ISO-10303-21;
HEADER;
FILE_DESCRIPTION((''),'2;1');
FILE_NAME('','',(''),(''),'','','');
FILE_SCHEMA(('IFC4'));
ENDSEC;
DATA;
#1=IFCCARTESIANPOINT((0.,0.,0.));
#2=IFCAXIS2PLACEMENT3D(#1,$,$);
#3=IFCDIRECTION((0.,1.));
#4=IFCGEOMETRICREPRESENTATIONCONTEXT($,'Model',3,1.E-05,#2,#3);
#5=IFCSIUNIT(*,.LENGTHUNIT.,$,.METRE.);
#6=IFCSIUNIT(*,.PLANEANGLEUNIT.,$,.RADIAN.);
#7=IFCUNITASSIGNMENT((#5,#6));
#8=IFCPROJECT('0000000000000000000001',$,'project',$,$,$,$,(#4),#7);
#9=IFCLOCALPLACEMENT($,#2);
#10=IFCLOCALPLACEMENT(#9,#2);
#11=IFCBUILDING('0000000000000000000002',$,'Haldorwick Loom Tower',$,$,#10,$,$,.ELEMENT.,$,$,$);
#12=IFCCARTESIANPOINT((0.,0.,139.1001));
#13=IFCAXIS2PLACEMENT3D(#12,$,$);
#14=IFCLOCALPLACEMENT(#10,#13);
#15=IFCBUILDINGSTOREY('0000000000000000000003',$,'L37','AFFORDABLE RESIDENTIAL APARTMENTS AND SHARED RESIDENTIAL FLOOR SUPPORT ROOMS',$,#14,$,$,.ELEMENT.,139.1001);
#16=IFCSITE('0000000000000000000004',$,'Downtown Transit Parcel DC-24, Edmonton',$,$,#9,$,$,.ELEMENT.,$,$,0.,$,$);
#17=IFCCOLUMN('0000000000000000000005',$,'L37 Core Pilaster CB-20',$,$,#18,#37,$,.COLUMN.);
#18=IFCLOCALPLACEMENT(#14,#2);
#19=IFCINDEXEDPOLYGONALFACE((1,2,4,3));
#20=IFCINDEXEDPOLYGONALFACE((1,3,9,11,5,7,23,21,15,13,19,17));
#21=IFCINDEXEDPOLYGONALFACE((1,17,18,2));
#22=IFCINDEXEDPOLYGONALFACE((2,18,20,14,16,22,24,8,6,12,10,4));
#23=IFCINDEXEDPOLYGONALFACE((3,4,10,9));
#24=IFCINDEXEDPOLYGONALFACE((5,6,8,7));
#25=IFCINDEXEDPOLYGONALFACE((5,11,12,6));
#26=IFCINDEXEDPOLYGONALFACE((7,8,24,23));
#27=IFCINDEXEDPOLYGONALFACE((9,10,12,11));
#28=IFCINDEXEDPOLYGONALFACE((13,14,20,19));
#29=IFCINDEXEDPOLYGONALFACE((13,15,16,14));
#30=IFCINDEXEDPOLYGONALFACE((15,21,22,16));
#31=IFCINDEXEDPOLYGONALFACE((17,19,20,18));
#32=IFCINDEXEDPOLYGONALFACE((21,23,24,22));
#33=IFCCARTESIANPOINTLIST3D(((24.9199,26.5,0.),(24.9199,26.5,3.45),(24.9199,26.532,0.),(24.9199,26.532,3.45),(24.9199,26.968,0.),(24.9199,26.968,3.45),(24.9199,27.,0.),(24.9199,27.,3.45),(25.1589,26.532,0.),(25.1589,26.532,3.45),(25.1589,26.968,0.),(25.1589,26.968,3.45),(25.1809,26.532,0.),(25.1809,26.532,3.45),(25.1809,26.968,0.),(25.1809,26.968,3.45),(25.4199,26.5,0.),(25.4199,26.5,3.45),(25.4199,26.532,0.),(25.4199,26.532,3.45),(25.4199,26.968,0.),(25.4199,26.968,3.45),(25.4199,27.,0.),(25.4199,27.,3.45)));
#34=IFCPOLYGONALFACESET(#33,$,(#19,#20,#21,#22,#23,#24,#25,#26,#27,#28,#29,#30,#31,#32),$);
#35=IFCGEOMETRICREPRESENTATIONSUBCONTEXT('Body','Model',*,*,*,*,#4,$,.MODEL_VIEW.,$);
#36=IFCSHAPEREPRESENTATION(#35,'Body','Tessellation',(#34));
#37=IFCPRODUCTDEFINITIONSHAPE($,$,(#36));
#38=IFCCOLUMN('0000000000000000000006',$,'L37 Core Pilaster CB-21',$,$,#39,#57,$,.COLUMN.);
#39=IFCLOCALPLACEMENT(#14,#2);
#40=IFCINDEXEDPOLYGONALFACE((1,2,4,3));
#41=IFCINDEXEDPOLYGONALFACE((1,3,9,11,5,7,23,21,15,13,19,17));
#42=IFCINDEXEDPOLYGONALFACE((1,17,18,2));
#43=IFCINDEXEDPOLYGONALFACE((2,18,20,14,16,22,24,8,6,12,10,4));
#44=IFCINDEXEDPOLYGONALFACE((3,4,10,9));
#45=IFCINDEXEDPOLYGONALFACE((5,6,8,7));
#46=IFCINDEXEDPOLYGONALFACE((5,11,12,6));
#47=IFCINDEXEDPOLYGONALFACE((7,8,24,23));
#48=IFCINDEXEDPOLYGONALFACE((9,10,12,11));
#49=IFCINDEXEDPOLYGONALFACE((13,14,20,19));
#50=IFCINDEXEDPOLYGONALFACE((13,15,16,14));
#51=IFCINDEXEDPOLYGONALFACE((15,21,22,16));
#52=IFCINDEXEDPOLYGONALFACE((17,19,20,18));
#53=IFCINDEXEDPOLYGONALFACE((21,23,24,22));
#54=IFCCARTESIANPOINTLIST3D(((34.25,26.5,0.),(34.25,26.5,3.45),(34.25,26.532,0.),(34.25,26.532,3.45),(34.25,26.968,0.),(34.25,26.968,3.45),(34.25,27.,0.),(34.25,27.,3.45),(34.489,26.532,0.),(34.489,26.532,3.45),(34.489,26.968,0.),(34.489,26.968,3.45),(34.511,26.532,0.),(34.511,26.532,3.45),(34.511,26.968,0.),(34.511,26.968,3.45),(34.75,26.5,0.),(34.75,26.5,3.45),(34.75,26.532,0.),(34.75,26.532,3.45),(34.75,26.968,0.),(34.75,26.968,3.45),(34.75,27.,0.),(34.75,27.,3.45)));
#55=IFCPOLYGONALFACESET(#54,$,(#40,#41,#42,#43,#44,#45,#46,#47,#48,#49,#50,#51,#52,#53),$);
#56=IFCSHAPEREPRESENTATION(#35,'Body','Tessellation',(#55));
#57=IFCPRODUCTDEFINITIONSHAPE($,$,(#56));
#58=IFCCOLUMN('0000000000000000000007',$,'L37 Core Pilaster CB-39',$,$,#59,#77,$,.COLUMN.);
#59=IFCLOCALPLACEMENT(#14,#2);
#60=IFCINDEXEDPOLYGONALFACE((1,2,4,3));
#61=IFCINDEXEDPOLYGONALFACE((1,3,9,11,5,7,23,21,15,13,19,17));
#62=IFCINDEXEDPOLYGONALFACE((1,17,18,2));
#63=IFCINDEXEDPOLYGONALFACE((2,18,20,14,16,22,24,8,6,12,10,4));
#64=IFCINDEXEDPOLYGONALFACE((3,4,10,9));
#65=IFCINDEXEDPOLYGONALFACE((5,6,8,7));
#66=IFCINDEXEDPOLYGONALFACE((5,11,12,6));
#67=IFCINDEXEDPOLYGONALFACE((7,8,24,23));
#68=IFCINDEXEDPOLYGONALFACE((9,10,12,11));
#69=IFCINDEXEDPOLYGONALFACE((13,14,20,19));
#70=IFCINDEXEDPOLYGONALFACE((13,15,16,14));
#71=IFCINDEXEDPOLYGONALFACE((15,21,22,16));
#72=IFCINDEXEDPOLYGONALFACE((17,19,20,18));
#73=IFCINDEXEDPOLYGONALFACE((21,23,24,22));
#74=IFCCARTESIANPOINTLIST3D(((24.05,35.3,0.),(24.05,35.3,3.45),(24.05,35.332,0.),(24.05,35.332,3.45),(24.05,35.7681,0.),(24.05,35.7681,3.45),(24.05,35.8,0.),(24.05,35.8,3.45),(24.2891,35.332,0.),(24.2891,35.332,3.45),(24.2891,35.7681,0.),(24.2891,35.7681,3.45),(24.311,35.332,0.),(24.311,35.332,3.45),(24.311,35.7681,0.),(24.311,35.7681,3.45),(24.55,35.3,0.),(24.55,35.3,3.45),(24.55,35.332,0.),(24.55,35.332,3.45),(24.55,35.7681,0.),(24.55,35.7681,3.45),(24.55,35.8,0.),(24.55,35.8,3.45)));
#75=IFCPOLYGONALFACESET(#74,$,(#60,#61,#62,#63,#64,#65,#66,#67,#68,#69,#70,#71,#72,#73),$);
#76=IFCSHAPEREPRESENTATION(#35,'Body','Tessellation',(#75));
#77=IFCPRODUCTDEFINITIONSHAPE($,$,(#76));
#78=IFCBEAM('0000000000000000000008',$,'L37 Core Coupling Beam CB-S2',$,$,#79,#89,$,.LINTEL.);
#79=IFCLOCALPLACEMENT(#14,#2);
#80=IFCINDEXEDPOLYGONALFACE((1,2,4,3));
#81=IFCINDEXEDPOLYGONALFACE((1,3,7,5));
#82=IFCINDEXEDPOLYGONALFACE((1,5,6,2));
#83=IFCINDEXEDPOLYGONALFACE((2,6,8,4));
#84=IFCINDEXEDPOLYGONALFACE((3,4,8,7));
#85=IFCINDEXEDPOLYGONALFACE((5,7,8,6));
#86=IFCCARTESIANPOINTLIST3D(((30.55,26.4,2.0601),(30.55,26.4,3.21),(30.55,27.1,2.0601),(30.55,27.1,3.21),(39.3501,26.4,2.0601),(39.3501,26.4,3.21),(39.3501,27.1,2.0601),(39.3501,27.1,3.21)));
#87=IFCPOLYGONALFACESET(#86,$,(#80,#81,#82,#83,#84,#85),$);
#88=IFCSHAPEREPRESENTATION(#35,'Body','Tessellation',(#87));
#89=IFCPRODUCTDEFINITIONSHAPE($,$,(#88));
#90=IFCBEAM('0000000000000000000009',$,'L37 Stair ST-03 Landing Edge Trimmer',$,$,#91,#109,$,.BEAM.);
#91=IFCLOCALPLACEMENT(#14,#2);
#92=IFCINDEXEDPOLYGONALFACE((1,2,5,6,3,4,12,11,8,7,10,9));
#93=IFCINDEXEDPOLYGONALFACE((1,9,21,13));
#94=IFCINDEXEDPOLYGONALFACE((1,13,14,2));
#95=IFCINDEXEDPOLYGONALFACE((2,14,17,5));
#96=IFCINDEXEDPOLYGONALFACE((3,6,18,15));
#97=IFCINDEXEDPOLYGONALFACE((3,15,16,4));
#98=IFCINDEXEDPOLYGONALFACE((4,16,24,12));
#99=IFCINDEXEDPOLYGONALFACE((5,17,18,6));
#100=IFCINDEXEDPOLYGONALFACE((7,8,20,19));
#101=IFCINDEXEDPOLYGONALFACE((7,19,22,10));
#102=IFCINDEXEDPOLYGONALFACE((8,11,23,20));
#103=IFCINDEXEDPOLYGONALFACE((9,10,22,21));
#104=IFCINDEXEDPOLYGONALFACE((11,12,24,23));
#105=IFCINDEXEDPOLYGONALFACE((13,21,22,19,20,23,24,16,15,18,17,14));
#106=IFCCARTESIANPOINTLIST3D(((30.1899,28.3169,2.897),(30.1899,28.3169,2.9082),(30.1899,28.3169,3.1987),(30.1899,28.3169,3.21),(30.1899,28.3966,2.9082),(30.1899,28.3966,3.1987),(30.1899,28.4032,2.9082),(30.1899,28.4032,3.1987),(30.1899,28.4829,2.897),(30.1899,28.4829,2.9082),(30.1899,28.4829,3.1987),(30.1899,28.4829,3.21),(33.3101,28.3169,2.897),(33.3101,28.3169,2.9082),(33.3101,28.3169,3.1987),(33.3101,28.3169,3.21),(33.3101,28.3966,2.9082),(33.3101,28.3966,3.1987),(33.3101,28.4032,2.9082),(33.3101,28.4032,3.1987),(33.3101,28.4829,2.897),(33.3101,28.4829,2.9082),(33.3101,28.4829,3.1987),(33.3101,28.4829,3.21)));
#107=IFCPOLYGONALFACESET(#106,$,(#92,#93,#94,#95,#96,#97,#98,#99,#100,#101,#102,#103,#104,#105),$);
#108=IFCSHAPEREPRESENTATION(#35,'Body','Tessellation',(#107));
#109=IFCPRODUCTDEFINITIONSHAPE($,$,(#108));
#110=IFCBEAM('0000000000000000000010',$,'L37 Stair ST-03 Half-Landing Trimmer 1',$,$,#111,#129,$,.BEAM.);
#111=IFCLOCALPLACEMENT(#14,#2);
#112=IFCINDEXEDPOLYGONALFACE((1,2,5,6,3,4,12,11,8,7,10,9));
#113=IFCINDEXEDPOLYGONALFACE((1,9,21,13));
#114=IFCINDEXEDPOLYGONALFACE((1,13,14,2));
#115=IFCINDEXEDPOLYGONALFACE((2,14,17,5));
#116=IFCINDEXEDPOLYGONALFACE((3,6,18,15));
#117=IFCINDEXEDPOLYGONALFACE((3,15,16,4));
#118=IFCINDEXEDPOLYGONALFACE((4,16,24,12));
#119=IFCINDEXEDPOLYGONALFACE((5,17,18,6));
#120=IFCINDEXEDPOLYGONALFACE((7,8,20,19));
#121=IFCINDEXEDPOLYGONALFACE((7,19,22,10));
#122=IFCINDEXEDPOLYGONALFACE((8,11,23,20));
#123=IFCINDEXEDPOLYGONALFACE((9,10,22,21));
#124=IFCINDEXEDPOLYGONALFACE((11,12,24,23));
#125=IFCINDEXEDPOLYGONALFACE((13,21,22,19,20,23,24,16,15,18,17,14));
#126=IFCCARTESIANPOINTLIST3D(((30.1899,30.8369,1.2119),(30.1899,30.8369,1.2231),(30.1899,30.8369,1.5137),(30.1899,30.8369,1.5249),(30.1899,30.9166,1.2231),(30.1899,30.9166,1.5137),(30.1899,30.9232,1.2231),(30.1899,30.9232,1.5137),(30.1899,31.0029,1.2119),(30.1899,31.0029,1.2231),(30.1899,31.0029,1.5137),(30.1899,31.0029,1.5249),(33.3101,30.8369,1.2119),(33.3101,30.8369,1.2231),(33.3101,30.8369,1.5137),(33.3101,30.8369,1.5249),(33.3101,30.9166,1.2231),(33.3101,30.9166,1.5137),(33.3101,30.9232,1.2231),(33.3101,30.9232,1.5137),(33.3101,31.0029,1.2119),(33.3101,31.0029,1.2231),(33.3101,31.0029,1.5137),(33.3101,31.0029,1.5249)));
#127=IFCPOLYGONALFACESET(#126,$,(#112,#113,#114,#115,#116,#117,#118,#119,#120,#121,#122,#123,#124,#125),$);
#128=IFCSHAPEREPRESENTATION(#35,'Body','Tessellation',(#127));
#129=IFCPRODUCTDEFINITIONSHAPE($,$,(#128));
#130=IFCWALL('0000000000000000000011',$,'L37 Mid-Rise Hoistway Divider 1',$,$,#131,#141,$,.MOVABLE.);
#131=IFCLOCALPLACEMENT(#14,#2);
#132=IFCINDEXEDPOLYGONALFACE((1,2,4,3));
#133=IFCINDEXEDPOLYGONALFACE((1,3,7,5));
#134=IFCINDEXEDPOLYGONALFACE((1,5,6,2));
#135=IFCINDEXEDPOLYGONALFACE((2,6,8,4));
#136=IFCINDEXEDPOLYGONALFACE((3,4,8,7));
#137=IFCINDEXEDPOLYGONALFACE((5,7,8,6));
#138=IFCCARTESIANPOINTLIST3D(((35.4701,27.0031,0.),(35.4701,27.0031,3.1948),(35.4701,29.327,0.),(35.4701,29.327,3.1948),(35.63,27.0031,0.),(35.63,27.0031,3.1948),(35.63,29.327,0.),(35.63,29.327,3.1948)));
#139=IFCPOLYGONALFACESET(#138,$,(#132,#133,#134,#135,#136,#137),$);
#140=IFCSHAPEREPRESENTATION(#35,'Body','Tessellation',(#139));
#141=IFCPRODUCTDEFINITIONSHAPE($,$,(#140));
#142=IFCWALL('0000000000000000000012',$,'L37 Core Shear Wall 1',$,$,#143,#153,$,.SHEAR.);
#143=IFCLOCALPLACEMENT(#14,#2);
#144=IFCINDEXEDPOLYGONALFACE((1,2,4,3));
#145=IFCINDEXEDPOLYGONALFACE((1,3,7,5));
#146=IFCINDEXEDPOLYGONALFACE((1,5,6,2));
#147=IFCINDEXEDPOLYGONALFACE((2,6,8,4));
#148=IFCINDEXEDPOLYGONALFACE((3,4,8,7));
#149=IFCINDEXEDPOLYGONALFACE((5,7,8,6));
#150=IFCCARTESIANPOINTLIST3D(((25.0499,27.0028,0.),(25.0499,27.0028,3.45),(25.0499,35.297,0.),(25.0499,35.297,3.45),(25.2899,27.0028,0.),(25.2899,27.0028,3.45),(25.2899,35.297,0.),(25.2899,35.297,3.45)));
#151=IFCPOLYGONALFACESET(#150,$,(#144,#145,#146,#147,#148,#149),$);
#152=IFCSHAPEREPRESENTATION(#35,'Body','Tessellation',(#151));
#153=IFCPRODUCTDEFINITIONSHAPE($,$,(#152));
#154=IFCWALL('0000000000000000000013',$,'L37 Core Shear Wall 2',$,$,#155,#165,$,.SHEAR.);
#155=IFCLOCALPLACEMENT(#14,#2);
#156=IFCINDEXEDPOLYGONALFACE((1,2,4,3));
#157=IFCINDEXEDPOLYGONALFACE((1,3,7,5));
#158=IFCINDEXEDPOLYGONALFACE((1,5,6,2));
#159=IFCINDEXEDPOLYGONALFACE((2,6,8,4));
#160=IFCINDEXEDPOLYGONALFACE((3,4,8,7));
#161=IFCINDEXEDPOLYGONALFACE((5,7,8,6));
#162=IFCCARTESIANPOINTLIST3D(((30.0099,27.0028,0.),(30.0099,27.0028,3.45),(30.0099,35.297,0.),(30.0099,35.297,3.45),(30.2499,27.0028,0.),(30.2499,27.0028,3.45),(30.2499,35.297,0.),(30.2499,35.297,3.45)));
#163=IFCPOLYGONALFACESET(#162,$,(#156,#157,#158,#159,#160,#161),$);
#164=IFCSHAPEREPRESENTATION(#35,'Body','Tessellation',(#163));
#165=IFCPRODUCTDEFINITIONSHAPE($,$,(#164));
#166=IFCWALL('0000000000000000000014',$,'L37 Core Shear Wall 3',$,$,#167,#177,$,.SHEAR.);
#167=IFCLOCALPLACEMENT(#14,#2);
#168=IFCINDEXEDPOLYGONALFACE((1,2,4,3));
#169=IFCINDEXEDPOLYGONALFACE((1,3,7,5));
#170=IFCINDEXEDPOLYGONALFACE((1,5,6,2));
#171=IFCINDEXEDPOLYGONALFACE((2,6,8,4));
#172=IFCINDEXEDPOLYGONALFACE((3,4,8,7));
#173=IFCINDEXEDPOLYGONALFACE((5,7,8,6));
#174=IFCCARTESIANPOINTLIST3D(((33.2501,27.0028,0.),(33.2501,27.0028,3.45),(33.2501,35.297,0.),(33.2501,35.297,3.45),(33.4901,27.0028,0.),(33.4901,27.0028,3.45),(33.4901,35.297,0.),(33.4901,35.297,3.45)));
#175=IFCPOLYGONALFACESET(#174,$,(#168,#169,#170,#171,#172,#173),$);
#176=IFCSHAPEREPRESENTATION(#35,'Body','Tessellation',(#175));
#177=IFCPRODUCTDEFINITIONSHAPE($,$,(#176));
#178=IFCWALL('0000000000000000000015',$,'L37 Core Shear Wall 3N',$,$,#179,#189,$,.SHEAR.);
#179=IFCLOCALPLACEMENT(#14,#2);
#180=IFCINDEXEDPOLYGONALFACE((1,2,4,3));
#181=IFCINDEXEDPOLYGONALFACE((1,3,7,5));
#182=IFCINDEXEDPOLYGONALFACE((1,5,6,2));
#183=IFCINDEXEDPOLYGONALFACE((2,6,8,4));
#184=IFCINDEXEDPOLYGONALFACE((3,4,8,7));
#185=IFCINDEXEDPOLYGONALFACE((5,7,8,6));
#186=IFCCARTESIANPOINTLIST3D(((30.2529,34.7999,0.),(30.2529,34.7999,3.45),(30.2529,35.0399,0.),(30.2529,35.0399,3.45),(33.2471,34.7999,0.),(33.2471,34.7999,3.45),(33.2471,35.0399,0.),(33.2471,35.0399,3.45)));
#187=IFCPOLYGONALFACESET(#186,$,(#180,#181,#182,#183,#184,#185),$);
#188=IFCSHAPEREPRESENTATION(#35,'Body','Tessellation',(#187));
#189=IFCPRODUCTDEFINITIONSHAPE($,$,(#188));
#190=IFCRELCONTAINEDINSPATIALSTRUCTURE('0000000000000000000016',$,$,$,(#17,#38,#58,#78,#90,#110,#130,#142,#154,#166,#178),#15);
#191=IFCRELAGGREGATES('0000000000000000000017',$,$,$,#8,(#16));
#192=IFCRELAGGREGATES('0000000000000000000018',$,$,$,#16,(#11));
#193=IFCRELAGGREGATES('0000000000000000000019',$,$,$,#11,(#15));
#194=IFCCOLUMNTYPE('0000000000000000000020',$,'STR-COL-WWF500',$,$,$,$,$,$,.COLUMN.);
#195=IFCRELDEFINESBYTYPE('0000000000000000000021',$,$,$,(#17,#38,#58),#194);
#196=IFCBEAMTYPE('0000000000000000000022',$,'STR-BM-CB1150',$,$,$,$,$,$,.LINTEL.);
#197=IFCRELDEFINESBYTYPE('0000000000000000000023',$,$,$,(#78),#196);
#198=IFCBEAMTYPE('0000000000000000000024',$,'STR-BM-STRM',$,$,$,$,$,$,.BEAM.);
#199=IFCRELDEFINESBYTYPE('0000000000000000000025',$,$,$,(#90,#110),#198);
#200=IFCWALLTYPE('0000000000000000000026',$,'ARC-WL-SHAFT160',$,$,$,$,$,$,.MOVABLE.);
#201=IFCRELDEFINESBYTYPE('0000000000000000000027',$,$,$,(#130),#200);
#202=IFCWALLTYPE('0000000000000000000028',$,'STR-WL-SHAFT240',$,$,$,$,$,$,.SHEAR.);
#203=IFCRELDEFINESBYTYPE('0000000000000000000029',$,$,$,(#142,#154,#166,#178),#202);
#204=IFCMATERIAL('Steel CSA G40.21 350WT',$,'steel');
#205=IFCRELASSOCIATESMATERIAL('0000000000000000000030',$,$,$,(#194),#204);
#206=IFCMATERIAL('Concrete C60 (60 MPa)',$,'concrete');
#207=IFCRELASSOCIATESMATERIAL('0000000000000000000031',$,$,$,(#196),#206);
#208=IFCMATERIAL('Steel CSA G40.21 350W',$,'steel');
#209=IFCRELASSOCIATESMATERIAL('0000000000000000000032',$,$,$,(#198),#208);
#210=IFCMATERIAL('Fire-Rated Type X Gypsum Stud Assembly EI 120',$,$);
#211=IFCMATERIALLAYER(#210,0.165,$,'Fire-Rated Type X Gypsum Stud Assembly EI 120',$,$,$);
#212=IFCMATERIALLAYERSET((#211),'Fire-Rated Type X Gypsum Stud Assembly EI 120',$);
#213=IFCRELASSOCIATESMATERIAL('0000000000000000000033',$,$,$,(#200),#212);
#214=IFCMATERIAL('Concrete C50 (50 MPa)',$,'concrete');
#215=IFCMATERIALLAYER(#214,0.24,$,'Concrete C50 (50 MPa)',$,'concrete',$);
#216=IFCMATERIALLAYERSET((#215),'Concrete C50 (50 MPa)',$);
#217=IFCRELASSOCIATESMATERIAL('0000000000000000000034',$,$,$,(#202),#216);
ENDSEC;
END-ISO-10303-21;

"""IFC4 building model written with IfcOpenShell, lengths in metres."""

from ifc_helpers import new_model, si_unit, direction, frame, frame_2d, origin, origin_2d, place, context, subcontext, project, spatial, rectangle, i_section, extrude, material, layer, layer_set, material_profile, profile_set, type_object, element, save


model = new_model("IFC4")

# Units and contexts
model_context = context("Model", 3, precision=1e-05, world=origin(), true_north=direction((0.0, 1.0)))
body_context = subcontext(model_context, "Body", "Model", "MODEL_VIEW")
ifc_project = project(units=[si_unit("LENGTHUNIT", "METRE"), si_unit("PLANEANGLEUNIT", "RADIAN")], contexts=[model_context])

# Site, building, storey
site_placement = place(None, origin())
site = spatial("IfcSite", under=ifc_project, at=site_placement, Name="Downtown Transit Parcel DC-24, Edmonton", CompositionType="ELEMENT", RefElevation=0.0)
building_placement = place(site_placement, origin())
building = spatial("IfcBuilding", under=site, at=building_placement, Name="Haldorwick Loom Tower", CompositionType="ELEMENT")
storey_placement = place(building_placement, frame((0.0, 0.0, 139.1001)))
storey = spatial("IfcBuildingStorey", under=building, at=storey_placement, Name="L37", Description="AFFORDABLE RESIDENTIAL APARTMENTS AND SHARED RESIDENTIAL FLOOR SUPPORT ROOMS", CompositionType="ELEMENT", Elevation=139.1001)

# Columns
ifc_material_1 = material(Name="Steel CSA G40.21 350WT", Category="steel")
ifc_material_profile_1 = material_profile(ifc_material_1, i_section(OverallWidth=0.5, OverallDepth=0.5, WebThickness=0.022, FlangeThickness=0.032, at=origin_2d()), Name="WWF500X500", Category="steel")
ifc_profile_set_1 = profile_set([ifc_material_profile_1], Name="Steel CSA G40.21 350WT")
column_type = type_object("IfcColumnType", Name="STR-COL-WWF500", PredefinedType="COLUMN", material=ifc_profile_set_1)
for number, where, z_axis, x_axis, name in (
    (1, (25.1699, 26.75, 0.0), (0.0, 0.0, 1.0), (1.0, 0.0, 0.0), "L37 Core Pilaster CB-20"),
    (2, (34.5, 26.75, 0.0), (0.0, 0.0, 1.0), (1.0, 0.0, 0.0), "L37 Core Pilaster CB-21"),
    (3, (24.3, 35.55, 0.0), (0.0, 0.0, 1.0), (1.0, 0.0, 0.0), "L37 Core Pilaster CB-39"),
):
    element("IfcColumn", number, at=place(storey_placement, frame(where, z_axis=z_axis, x_axis=x_axis)), inside=storey, type_object=column_type, Name=name, PredefinedType="COLUMN", context=body_context, shape_type="SweptSolid", body=[
        extrude(i_section(OverallWidth=0.5, OverallDepth=0.5, WebThickness=0.022, FlangeThickness=0.032, at=origin_2d()), origin(), (0.0, 0.0, 1.0), 3.45),
    ])

# Beams
ifc_material_2 = material(Name="Concrete C60 (60 MPa)", Category="concrete")
ifc_material_profile_2 = material_profile(ifc_material_2, rectangle(XDim=0.7, YDim=1.1499, at=origin_2d()), Name="RC700X1150", Category="concrete")
ifc_profile_set_2 = profile_set([ifc_material_profile_2], Name="Concrete C60 (60 MPa)")
beam_type_1 = type_object("IfcBeamType", Name="STR-BM-CB1150", PredefinedType="LINTEL", material=ifc_profile_set_2)
beam_placement = place(storey_placement, frame((30.55, 26.75, 2.635), z_axis=(1.0, 0.0, 0.0), x_axis=(0.0, 1.0, 0.0)))
element("IfcBeam", 4, at=beam_placement, inside=storey, type_object=beam_type_1, Name="L37 Core Coupling Beam CB-S2", PredefinedType="LINTEL", context=body_context, shape_type="SweptSolid", body=[
    extrude(rectangle(XDim=0.7, YDim=1.1499, at=origin_2d()), origin(), (0.0, 0.0, 1.0), 8.8),
])
ifc_material_3 = material(Name="Steel CSA G40.21 350W", Category="steel")
ifc_material_profile_3 = material_profile(ifc_material_3, i_section(OverallWidth=0.166, OverallDepth=0.313, WebThickness=0.0066, FlangeThickness=0.0112, at=origin_2d()), Name="W310X45", Category="steel")
ifc_profile_set_3 = profile_set([ifc_material_profile_3], Name="Steel CSA G40.21 350W")
beam_type_2 = type_object("IfcBeamType", Name="STR-BM-STRM", PredefinedType="BEAM", material=ifc_profile_set_3)
for number, where, z_axis, x_axis, name in (
    (5, (30.1899, 28.3999, 3.0535), (1.0, 0.0, 0.0), (0.0, 1.0, 0.0), "L37 Stair ST-03 Landing Edge Trimmer"),
    (6, (30.1899, 30.9199, 1.3684), (1.0, 0.0, 0.0), (0.0, 1.0, 0.0), "L37 Stair ST-03 Half-Landing Trimmer 1"),
):
    element("IfcBeam", number, at=place(storey_placement, frame(where, z_axis=z_axis, x_axis=x_axis)), inside=storey, type_object=beam_type_2, Name=name, PredefinedType="BEAM", context=body_context, shape_type="SweptSolid", body=[
        extrude(i_section(OverallWidth=0.166, OverallDepth=0.313, WebThickness=0.0066, FlangeThickness=0.0112, at=origin_2d()), origin(), (0.0, 0.0, 1.0), 3.1201),
    ])

# Walls
ifc_material_4 = material(Name="Fire-Rated Type X Gypsum Stud Assembly EI 120")
ifc_layer_1 = layer(ifc_material_4, 0.165, Name="Fire-Rated Type X Gypsum Stud Assembly EI 120")
ifc_layer_set_1 = layer_set([ifc_layer_1], Name="Fire-Rated Type X Gypsum Stud Assembly EI 120")
wall_type_1 = type_object("IfcWallType", Name="ARC-WL-SHAFT160", PredefinedType="MOVABLE", material=ifc_layer_set_1)
wall_1_placement = place(storey_placement, frame((35.55, 27.0029, 0.0), z_axis=(0.0, 0.0, 1.0), x_axis=(0.0, 1.0, 0.0)))
element("IfcWall", 7, at=wall_1_placement, inside=storey, type_object=wall_type_1, Name="L37 Mid-Rise Hoistway Divider 1", PredefinedType="MOVABLE", context=body_context, shape_type="SweptSolid", body=[
    extrude(rectangle(XDim=2.324, YDim=0.1599, at=frame_2d((1.1621, 0.0))), origin(), (0.0, 0.0, 1.0), 3.1948),
])
ifc_material_5 = material(Name="Concrete C50 (50 MPa)", Category="concrete")
ifc_layer_2 = layer(ifc_material_5, 0.24, Name="Concrete C50 (50 MPa)", Category="concrete")
ifc_layer_set_2 = layer_set([ifc_layer_2], Name="Concrete C50 (50 MPa)")
wall_type_2 = type_object("IfcWallType", Name="STR-WL-SHAFT240", PredefinedType="SHEAR", material=ifc_layer_set_2)
for number, where, z_axis, x_axis, name in (
    (8, (25.1699, 27.0029, 0.0), (0.0, 0.0, 1.0), (0.0, 1.0, 0.0), "L37 Core Shear Wall 1"),
    (9, (30.1299, 27.0029, 0.0), (0.0, 0.0, 1.0), (0.0, 1.0, 0.0), "L37 Core Shear Wall 2"),
    (10, (33.3701, 27.0029, 0.0), (0.0, 0.0, 1.0), (0.0, 1.0, 0.0), "L37 Core Shear Wall 3"),
):
    element("IfcWall", number, at=place(storey_placement, frame(where, z_axis=z_axis, x_axis=x_axis)), inside=storey, type_object=wall_type_2, Name=name, PredefinedType="SHEAR", context=body_context, shape_type="SweptSolid", body=[
        extrude(rectangle(XDim=8.2942, YDim=0.24, at=frame_2d((4.147, 0.0))), origin(), (0.0, 0.0, 1.0), 3.45),
    ])
wall_2_placement = place(storey_placement, frame((30.2529, 34.9199, 0.0), z_axis=(0.0, 0.0, 1.0), x_axis=(1.0, 0.0, 0.0)))
element("IfcWall", 11, at=wall_2_placement, inside=storey, type_object=wall_type_2, Name="L37 Core Shear Wall 3N", PredefinedType="SHEAR", context=body_context, shape_type="SweptSolid", body=[
    extrude(rectangle(XDim=2.9941, YDim=0.24, at=frame_2d((1.4971, 0.0))), origin(), (0.0, 0.0, 1.0), 3.45),
])

save(model, "model.ifc")
